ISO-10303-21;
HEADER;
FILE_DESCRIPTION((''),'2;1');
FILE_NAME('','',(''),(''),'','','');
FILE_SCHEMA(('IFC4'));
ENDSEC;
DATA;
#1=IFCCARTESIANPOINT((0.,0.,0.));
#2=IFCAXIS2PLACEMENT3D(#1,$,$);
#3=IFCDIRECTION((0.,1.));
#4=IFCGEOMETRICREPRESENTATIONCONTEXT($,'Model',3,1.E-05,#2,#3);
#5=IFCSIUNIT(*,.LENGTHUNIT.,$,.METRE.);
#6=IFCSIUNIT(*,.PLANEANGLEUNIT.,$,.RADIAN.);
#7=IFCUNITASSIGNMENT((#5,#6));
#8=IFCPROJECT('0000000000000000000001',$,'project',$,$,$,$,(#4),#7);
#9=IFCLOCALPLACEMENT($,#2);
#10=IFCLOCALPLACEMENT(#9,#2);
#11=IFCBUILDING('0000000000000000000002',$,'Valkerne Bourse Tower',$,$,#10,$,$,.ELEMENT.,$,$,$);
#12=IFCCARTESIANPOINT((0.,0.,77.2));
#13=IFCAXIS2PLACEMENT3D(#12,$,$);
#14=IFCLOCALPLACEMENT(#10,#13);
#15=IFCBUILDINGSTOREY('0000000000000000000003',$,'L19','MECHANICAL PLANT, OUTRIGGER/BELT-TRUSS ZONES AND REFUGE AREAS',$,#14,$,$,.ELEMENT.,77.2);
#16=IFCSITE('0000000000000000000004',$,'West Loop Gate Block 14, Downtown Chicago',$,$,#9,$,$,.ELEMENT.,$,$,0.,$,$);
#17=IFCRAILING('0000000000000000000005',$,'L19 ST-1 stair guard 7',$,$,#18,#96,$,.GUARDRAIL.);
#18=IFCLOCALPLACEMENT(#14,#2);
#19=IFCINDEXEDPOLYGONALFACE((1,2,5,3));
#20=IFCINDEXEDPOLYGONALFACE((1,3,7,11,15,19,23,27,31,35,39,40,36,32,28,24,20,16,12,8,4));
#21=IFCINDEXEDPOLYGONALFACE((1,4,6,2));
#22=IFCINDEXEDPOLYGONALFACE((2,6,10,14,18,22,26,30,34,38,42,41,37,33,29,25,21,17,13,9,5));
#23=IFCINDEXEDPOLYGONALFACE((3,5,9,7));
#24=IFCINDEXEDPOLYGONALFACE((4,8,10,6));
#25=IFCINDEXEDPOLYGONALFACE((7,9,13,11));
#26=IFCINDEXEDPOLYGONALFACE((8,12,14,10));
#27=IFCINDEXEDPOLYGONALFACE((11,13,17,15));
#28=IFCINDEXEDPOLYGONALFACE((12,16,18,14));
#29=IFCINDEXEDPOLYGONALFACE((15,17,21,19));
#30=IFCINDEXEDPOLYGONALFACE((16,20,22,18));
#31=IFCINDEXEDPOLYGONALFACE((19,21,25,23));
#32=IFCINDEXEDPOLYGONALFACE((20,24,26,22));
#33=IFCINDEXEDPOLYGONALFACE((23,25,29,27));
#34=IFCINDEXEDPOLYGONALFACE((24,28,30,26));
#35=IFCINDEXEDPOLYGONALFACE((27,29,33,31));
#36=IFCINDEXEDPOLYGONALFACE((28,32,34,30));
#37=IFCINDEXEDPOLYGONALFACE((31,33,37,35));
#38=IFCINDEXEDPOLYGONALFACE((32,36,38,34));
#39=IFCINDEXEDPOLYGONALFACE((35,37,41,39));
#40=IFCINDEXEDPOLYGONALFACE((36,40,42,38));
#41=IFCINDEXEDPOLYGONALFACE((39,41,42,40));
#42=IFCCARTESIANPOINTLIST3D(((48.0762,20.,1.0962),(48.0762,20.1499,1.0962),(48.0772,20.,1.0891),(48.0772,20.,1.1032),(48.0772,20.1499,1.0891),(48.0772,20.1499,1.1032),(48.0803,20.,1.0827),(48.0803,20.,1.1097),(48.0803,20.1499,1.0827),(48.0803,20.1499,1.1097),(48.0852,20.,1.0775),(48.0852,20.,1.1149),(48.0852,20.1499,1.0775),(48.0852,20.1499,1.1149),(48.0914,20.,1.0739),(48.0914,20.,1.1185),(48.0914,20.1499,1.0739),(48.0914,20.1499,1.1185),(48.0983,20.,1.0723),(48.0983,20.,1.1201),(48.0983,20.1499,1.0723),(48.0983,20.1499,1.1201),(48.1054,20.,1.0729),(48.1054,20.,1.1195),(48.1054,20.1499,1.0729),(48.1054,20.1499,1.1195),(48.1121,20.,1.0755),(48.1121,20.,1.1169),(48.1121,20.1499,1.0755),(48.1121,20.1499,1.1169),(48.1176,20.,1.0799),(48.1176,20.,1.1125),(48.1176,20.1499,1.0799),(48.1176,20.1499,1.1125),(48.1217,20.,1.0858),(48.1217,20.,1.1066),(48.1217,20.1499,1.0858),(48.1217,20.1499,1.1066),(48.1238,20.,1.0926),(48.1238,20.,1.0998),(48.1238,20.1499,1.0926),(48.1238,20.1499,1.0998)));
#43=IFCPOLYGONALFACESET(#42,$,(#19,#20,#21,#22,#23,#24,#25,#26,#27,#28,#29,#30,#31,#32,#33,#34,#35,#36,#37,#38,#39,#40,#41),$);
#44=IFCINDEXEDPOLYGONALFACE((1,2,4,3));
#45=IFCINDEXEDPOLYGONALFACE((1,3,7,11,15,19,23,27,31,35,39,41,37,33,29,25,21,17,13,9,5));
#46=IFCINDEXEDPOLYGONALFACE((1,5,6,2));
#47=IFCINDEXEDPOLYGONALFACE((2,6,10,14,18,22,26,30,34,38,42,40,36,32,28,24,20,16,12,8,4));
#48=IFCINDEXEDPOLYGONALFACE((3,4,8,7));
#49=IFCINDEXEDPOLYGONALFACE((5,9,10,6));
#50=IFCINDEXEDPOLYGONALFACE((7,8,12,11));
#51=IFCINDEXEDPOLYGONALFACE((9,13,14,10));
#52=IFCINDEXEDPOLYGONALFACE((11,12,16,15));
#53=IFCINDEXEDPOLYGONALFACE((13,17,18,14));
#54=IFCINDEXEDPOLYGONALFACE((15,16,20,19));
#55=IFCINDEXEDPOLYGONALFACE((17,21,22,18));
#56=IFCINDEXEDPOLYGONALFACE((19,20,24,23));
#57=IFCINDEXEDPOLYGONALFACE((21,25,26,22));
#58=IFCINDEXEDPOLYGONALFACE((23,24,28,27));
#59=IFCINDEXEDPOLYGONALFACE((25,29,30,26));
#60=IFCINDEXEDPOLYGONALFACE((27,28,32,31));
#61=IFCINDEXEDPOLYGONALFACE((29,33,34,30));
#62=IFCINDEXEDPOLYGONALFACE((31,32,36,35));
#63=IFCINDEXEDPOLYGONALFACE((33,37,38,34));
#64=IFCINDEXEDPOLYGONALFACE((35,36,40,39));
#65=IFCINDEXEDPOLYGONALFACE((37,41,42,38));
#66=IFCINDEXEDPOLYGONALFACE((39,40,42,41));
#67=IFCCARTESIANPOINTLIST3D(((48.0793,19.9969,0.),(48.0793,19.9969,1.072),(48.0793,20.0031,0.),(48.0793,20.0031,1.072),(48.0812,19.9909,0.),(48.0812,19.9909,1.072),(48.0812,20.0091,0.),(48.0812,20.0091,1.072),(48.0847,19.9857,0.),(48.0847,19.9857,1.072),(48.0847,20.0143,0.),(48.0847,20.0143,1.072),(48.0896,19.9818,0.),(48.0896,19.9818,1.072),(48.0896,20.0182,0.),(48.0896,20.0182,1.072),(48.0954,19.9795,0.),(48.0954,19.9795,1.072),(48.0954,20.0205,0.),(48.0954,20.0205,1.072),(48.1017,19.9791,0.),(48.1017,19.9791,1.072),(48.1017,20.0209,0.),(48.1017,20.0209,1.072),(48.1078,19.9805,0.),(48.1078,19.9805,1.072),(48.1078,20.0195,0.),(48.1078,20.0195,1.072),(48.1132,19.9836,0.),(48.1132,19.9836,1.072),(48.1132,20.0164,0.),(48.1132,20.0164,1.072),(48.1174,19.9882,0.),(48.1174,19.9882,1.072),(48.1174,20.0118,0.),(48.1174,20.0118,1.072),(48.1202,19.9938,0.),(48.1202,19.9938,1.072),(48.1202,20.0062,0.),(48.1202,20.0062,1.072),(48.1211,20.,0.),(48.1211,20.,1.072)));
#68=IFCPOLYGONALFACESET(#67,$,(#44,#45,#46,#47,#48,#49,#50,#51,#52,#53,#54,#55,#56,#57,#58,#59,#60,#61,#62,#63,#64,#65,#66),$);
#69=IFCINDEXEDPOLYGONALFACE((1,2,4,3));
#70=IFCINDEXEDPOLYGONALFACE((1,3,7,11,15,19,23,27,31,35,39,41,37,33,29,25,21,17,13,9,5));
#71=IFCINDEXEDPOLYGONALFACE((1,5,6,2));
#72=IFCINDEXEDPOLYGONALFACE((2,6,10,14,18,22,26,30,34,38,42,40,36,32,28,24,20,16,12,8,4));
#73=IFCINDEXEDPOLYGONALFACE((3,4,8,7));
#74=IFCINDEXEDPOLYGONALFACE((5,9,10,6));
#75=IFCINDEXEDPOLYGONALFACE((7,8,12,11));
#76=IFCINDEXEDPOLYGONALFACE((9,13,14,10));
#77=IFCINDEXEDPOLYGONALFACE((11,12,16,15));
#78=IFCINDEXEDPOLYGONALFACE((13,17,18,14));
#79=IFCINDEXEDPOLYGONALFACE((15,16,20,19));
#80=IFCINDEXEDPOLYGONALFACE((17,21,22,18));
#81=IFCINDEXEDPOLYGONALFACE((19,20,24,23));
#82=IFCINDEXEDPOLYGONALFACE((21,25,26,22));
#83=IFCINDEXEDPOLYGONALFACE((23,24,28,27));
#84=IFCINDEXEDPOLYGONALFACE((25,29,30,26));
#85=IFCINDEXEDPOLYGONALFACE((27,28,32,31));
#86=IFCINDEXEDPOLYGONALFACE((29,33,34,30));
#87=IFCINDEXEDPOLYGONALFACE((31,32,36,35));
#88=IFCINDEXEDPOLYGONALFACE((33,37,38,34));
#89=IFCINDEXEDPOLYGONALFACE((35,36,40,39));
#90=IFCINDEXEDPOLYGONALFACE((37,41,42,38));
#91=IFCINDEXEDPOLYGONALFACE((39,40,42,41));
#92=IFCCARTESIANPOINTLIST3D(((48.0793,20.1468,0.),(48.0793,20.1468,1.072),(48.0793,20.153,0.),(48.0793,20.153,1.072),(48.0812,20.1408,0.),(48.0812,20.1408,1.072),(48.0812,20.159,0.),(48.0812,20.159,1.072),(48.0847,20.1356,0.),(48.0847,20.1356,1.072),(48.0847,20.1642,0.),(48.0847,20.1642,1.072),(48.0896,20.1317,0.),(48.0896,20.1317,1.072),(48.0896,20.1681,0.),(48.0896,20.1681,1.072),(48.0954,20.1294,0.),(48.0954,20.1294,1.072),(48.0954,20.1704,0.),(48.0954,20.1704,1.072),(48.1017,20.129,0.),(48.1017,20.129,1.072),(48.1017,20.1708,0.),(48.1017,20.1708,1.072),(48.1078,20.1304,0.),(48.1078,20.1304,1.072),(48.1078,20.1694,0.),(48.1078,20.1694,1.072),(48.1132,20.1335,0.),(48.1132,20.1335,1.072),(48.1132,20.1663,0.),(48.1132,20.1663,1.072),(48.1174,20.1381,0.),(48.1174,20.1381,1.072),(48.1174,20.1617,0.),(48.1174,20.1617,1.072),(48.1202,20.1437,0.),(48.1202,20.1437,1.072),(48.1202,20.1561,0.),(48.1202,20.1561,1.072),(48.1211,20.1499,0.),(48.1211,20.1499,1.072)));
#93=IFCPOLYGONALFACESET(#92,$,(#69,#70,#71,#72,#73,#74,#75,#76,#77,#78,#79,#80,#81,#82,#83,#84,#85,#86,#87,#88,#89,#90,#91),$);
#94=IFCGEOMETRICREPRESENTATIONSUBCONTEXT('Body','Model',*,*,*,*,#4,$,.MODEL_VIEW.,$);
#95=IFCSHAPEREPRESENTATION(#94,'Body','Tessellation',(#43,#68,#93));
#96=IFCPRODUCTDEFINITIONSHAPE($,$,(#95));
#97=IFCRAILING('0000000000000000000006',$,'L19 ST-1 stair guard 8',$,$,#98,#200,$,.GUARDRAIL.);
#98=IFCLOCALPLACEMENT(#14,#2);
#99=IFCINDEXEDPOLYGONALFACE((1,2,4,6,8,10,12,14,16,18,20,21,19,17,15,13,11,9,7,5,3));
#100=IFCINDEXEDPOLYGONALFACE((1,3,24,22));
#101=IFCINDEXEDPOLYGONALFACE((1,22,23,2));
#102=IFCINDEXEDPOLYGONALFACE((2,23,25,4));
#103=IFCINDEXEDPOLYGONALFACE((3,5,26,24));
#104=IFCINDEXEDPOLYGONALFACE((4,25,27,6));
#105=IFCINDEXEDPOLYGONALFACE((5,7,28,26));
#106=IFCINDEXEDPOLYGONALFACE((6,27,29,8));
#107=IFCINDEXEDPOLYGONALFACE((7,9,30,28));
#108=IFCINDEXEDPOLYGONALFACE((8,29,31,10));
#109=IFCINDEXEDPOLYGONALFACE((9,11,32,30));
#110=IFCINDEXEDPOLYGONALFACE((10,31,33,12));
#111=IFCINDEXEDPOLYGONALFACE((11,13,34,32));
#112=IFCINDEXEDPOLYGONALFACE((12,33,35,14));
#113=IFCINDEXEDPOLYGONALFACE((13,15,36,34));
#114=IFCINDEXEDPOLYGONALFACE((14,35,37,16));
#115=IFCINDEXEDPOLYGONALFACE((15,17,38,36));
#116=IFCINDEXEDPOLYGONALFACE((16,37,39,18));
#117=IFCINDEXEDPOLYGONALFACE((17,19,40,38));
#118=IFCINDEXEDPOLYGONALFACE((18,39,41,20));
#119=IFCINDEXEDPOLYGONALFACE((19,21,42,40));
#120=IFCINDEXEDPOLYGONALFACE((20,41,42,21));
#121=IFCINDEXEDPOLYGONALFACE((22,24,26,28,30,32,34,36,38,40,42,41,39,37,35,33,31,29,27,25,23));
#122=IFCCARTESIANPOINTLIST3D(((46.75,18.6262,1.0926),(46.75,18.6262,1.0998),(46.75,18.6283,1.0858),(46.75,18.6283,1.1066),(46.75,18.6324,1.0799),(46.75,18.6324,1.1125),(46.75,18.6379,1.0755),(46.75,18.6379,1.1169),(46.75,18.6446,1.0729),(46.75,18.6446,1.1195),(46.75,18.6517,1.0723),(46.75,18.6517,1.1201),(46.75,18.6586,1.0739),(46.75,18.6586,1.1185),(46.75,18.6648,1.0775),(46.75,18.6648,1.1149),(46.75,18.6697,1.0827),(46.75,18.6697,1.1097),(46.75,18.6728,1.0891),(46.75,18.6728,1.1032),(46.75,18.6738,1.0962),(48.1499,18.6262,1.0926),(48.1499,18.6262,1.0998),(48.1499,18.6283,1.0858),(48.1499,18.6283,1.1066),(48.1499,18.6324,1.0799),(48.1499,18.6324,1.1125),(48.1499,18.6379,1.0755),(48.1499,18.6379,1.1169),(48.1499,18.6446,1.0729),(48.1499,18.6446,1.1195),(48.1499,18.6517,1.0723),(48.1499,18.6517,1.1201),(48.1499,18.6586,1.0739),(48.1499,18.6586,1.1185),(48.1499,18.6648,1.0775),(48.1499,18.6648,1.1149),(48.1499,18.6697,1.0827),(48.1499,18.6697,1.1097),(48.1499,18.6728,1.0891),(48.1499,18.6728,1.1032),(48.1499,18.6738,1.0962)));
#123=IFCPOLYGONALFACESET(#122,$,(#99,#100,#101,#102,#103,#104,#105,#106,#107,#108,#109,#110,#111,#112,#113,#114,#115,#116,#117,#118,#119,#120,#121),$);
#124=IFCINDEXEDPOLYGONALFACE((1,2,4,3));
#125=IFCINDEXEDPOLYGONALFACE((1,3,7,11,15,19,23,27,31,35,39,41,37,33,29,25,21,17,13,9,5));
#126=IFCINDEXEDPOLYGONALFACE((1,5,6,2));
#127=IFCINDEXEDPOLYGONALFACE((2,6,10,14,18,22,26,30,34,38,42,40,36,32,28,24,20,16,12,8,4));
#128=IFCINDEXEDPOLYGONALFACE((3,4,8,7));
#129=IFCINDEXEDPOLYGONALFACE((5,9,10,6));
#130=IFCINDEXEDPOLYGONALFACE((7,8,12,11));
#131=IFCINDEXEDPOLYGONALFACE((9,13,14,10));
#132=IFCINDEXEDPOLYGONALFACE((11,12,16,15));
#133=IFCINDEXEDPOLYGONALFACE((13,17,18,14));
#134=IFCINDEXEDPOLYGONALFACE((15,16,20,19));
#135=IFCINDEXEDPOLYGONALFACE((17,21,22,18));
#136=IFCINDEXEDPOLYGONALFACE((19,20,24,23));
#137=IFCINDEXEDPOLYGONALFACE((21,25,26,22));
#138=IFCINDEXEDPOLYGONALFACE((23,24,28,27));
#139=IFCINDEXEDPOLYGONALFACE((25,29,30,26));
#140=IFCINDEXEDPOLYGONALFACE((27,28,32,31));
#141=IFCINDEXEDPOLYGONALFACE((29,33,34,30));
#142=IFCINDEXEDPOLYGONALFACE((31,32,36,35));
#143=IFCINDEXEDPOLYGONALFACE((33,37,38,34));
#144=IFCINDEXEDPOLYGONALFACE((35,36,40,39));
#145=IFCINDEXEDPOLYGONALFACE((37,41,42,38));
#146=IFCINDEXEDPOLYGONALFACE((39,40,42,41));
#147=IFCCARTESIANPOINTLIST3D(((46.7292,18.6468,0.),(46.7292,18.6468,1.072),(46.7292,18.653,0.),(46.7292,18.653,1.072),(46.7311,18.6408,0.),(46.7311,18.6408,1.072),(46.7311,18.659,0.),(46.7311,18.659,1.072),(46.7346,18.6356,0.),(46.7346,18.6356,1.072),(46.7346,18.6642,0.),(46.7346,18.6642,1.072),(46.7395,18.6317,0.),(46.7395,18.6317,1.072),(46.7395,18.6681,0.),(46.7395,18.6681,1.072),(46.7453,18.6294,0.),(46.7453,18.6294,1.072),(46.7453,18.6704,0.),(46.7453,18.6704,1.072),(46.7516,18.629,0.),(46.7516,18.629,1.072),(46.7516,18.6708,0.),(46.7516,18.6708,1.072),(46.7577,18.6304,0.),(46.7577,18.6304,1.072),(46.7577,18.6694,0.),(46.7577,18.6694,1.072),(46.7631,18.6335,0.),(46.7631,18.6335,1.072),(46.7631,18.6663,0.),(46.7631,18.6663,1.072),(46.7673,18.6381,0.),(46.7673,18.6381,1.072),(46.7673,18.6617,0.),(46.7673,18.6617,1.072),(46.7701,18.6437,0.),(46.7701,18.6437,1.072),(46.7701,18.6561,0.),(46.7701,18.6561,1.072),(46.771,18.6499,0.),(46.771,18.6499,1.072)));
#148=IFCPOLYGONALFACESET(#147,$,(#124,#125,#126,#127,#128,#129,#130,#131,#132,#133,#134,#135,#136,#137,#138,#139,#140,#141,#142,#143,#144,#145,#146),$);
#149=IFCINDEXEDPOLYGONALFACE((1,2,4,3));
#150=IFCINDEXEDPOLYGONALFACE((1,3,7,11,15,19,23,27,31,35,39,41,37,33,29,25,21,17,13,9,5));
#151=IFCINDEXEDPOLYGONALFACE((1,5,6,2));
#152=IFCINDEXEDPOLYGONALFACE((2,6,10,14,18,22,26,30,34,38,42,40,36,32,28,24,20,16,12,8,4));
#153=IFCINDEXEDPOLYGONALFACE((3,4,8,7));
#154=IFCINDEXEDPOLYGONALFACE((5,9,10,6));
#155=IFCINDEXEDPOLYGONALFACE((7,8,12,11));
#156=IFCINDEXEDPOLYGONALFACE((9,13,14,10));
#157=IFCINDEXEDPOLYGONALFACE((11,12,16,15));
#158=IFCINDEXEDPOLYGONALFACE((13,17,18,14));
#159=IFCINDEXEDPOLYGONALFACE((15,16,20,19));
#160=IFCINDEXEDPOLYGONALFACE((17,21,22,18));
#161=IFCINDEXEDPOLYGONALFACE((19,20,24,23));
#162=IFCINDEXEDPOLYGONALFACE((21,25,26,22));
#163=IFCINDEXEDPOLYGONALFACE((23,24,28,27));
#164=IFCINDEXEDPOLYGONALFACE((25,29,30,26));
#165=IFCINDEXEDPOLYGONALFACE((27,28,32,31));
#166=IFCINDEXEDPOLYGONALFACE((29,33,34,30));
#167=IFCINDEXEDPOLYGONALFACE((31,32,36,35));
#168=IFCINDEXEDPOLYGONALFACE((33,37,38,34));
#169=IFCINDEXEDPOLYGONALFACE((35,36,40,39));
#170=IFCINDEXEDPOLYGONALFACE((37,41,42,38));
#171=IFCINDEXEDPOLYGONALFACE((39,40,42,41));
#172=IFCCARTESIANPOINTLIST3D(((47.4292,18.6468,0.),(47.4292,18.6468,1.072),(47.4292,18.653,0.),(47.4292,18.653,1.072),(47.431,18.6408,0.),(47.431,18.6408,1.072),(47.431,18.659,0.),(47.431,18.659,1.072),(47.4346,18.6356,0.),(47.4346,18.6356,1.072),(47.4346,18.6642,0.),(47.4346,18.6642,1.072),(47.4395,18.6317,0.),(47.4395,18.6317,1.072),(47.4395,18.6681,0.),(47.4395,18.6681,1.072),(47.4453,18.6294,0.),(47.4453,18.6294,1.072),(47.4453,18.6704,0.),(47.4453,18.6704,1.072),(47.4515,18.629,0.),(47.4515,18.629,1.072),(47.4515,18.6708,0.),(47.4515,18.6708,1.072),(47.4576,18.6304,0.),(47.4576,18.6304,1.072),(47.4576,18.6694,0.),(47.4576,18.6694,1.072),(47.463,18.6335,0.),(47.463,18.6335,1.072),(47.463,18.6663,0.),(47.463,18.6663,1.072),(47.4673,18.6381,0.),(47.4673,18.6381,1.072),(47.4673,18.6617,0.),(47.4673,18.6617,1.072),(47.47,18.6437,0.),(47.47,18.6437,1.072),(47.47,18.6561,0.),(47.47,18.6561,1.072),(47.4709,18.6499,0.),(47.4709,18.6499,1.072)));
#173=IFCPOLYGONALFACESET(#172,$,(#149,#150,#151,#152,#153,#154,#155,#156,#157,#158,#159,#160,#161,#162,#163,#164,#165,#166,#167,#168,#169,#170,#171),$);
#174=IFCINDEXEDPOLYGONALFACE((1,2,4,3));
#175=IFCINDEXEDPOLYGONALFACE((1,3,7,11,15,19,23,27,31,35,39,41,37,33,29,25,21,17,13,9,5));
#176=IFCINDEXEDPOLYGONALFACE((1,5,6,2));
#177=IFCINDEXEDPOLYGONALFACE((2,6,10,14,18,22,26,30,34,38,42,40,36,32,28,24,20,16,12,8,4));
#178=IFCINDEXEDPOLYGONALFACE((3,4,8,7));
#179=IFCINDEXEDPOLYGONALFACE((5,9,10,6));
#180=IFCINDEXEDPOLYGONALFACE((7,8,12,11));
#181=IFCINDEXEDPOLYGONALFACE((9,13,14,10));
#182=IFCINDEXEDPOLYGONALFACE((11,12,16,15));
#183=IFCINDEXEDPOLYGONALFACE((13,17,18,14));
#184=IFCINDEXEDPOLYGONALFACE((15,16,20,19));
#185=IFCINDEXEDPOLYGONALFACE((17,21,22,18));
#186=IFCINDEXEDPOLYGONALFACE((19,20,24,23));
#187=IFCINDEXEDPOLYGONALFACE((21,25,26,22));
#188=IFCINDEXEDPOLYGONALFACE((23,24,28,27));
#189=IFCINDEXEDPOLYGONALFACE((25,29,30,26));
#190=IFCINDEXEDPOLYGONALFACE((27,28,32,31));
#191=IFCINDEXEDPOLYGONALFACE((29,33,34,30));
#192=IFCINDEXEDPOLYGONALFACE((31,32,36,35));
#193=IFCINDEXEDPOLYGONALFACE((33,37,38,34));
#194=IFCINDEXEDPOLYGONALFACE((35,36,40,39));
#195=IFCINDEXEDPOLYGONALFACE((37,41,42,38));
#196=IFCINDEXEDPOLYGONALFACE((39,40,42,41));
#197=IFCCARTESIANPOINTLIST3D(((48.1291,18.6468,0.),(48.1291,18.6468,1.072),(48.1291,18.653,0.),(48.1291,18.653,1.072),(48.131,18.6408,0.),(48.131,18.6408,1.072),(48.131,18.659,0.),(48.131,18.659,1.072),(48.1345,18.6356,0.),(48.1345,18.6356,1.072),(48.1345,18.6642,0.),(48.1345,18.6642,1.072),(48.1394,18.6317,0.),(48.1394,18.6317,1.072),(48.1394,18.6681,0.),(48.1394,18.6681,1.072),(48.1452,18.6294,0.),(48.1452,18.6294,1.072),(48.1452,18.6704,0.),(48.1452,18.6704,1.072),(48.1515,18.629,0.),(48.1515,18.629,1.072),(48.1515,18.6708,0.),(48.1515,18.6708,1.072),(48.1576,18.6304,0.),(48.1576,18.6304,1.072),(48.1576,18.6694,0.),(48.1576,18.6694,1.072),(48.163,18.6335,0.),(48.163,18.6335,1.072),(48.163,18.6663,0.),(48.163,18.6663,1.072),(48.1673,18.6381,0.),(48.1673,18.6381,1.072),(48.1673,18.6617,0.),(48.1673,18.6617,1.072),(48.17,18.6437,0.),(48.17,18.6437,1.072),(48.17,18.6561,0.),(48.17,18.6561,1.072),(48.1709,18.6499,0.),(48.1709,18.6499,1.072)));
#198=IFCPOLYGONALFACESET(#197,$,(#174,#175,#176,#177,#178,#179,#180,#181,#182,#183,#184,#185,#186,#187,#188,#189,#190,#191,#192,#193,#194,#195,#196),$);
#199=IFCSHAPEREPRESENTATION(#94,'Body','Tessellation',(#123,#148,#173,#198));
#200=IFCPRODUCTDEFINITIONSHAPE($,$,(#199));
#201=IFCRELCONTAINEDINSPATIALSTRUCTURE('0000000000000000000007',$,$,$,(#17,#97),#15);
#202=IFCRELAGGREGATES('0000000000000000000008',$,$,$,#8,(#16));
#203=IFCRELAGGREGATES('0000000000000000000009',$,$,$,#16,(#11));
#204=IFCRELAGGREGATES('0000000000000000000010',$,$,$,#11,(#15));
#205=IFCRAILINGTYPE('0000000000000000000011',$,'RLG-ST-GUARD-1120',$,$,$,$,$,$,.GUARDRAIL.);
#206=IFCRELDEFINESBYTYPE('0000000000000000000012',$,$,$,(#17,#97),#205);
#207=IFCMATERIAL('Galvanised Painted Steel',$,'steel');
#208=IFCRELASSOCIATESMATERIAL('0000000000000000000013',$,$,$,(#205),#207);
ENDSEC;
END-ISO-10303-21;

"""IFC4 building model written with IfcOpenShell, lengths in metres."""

from ifc_helpers import new_model, si_unit, direction, frame, origin, origin_2d, place, context, subcontext, project, spatial, circle, extrude, material, type_object, element, save


model = new_model("IFC4")

# Units and contexts
model_context = context("Model", 3, precision=1e-05, world=origin(), true_north=direction((0.0, 1.0)))
body_context = subcontext(model_context, "Body", "Model", "MODEL_VIEW")
ifc_project = project(units=[si_unit("LENGTHUNIT", "METRE"), si_unit("PLANEANGLEUNIT", "RADIAN")], contexts=[model_context])

# Site, building, storey
site_placement = place(None, origin())
site = spatial("IfcSite", under=ifc_project, at=site_placement, Name="West Loop Gate Block 14, Downtown Chicago", CompositionType="ELEMENT", RefElevation=0.0)
building_placement = place(site_placement, origin())
building = spatial("IfcBuilding", under=site, at=building_placement, Name="Valkerne Bourse Tower", CompositionType="ELEMENT")
storey_placement = place(building_placement, frame((0.0, 0.0, 77.2)))
storey = spatial("IfcBuildingStorey", under=building, at=storey_placement, Name="L19", Description="MECHANICAL PLANT, OUTRIGGER/BELT-TRUSS ZONES AND REFUGE AREAS", CompositionType="ELEMENT", Elevation=77.2)

# Shared definitions
ifc_material_1 = material(Name="Galvanised Painted Steel", Category="steel")

# Railings
railing_type_1 = type_object("IfcRailingType", Name="RLG-ST-GUARD-1120", PredefinedType="GUARDRAIL", material=ifc_material_1)
railing_1_placement = place(storey_placement, frame((48.1001, 20.0, 0.0)))
element("IfcRailing", 1, at=railing_1_placement, inside=storey, type_object=railing_type_1, Name="L19 ST-1 stair guard 7", PredefinedType="GUARDRAIL", context=body_context, shape_type="SweptSolid", body=[
    extrude(circle(Radius=0.0239, at=origin_2d()), frame((0.0, 0.0, 1.0962), z_axis=(0.0, 1.0, 0.0), x_axis=(-1.0, 0.0, 0.0)), (0.0, 0.0, 1.0), 0.1499),
    extrude(circle(Radius=0.021, at=origin_2d()), origin(), (0.0, 0.0, 1.0), 1.072),
    extrude(circle(Radius=0.021, at=origin_2d()), frame((0.0, 0.1499, 0.0)), (0.0, 0.0, 1.0), 1.072),
])
railing_2_placement = place(storey_placement, frame((46.75, 18.6499, 0.0)))
element("IfcRailing", 2, at=railing_2_placement, inside=storey, type_object=railing_type_1, Name="L19 ST-1 stair guard 8", PredefinedType="GUARDRAIL", context=body_context, shape_type="SweptSolid", body=[
    extrude(circle(Radius=0.0239, at=origin_2d()), frame((0.0, 0.0, 1.0962), z_axis=(1.0, 0.0, 0.0), x_axis=(0.0, 1.0, 0.0)), (0.0, 0.0, 1.0), 1.3999),
    extrude(circle(Radius=0.021, at=origin_2d()), origin(), (0.0, 0.0, 1.0), 1.072),
    extrude(circle(Radius=0.021, at=origin_2d()), frame((0.7, 0.0, 0.0)), (0.0, 0.0, 1.0), 1.072),
    extrude(circle(Radius=0.021, at=origin_2d()), frame((1.3999, 0.0, 0.0)), (0.0, 0.0, 1.0), 1.072),
])

save(model, "model.ifc")
